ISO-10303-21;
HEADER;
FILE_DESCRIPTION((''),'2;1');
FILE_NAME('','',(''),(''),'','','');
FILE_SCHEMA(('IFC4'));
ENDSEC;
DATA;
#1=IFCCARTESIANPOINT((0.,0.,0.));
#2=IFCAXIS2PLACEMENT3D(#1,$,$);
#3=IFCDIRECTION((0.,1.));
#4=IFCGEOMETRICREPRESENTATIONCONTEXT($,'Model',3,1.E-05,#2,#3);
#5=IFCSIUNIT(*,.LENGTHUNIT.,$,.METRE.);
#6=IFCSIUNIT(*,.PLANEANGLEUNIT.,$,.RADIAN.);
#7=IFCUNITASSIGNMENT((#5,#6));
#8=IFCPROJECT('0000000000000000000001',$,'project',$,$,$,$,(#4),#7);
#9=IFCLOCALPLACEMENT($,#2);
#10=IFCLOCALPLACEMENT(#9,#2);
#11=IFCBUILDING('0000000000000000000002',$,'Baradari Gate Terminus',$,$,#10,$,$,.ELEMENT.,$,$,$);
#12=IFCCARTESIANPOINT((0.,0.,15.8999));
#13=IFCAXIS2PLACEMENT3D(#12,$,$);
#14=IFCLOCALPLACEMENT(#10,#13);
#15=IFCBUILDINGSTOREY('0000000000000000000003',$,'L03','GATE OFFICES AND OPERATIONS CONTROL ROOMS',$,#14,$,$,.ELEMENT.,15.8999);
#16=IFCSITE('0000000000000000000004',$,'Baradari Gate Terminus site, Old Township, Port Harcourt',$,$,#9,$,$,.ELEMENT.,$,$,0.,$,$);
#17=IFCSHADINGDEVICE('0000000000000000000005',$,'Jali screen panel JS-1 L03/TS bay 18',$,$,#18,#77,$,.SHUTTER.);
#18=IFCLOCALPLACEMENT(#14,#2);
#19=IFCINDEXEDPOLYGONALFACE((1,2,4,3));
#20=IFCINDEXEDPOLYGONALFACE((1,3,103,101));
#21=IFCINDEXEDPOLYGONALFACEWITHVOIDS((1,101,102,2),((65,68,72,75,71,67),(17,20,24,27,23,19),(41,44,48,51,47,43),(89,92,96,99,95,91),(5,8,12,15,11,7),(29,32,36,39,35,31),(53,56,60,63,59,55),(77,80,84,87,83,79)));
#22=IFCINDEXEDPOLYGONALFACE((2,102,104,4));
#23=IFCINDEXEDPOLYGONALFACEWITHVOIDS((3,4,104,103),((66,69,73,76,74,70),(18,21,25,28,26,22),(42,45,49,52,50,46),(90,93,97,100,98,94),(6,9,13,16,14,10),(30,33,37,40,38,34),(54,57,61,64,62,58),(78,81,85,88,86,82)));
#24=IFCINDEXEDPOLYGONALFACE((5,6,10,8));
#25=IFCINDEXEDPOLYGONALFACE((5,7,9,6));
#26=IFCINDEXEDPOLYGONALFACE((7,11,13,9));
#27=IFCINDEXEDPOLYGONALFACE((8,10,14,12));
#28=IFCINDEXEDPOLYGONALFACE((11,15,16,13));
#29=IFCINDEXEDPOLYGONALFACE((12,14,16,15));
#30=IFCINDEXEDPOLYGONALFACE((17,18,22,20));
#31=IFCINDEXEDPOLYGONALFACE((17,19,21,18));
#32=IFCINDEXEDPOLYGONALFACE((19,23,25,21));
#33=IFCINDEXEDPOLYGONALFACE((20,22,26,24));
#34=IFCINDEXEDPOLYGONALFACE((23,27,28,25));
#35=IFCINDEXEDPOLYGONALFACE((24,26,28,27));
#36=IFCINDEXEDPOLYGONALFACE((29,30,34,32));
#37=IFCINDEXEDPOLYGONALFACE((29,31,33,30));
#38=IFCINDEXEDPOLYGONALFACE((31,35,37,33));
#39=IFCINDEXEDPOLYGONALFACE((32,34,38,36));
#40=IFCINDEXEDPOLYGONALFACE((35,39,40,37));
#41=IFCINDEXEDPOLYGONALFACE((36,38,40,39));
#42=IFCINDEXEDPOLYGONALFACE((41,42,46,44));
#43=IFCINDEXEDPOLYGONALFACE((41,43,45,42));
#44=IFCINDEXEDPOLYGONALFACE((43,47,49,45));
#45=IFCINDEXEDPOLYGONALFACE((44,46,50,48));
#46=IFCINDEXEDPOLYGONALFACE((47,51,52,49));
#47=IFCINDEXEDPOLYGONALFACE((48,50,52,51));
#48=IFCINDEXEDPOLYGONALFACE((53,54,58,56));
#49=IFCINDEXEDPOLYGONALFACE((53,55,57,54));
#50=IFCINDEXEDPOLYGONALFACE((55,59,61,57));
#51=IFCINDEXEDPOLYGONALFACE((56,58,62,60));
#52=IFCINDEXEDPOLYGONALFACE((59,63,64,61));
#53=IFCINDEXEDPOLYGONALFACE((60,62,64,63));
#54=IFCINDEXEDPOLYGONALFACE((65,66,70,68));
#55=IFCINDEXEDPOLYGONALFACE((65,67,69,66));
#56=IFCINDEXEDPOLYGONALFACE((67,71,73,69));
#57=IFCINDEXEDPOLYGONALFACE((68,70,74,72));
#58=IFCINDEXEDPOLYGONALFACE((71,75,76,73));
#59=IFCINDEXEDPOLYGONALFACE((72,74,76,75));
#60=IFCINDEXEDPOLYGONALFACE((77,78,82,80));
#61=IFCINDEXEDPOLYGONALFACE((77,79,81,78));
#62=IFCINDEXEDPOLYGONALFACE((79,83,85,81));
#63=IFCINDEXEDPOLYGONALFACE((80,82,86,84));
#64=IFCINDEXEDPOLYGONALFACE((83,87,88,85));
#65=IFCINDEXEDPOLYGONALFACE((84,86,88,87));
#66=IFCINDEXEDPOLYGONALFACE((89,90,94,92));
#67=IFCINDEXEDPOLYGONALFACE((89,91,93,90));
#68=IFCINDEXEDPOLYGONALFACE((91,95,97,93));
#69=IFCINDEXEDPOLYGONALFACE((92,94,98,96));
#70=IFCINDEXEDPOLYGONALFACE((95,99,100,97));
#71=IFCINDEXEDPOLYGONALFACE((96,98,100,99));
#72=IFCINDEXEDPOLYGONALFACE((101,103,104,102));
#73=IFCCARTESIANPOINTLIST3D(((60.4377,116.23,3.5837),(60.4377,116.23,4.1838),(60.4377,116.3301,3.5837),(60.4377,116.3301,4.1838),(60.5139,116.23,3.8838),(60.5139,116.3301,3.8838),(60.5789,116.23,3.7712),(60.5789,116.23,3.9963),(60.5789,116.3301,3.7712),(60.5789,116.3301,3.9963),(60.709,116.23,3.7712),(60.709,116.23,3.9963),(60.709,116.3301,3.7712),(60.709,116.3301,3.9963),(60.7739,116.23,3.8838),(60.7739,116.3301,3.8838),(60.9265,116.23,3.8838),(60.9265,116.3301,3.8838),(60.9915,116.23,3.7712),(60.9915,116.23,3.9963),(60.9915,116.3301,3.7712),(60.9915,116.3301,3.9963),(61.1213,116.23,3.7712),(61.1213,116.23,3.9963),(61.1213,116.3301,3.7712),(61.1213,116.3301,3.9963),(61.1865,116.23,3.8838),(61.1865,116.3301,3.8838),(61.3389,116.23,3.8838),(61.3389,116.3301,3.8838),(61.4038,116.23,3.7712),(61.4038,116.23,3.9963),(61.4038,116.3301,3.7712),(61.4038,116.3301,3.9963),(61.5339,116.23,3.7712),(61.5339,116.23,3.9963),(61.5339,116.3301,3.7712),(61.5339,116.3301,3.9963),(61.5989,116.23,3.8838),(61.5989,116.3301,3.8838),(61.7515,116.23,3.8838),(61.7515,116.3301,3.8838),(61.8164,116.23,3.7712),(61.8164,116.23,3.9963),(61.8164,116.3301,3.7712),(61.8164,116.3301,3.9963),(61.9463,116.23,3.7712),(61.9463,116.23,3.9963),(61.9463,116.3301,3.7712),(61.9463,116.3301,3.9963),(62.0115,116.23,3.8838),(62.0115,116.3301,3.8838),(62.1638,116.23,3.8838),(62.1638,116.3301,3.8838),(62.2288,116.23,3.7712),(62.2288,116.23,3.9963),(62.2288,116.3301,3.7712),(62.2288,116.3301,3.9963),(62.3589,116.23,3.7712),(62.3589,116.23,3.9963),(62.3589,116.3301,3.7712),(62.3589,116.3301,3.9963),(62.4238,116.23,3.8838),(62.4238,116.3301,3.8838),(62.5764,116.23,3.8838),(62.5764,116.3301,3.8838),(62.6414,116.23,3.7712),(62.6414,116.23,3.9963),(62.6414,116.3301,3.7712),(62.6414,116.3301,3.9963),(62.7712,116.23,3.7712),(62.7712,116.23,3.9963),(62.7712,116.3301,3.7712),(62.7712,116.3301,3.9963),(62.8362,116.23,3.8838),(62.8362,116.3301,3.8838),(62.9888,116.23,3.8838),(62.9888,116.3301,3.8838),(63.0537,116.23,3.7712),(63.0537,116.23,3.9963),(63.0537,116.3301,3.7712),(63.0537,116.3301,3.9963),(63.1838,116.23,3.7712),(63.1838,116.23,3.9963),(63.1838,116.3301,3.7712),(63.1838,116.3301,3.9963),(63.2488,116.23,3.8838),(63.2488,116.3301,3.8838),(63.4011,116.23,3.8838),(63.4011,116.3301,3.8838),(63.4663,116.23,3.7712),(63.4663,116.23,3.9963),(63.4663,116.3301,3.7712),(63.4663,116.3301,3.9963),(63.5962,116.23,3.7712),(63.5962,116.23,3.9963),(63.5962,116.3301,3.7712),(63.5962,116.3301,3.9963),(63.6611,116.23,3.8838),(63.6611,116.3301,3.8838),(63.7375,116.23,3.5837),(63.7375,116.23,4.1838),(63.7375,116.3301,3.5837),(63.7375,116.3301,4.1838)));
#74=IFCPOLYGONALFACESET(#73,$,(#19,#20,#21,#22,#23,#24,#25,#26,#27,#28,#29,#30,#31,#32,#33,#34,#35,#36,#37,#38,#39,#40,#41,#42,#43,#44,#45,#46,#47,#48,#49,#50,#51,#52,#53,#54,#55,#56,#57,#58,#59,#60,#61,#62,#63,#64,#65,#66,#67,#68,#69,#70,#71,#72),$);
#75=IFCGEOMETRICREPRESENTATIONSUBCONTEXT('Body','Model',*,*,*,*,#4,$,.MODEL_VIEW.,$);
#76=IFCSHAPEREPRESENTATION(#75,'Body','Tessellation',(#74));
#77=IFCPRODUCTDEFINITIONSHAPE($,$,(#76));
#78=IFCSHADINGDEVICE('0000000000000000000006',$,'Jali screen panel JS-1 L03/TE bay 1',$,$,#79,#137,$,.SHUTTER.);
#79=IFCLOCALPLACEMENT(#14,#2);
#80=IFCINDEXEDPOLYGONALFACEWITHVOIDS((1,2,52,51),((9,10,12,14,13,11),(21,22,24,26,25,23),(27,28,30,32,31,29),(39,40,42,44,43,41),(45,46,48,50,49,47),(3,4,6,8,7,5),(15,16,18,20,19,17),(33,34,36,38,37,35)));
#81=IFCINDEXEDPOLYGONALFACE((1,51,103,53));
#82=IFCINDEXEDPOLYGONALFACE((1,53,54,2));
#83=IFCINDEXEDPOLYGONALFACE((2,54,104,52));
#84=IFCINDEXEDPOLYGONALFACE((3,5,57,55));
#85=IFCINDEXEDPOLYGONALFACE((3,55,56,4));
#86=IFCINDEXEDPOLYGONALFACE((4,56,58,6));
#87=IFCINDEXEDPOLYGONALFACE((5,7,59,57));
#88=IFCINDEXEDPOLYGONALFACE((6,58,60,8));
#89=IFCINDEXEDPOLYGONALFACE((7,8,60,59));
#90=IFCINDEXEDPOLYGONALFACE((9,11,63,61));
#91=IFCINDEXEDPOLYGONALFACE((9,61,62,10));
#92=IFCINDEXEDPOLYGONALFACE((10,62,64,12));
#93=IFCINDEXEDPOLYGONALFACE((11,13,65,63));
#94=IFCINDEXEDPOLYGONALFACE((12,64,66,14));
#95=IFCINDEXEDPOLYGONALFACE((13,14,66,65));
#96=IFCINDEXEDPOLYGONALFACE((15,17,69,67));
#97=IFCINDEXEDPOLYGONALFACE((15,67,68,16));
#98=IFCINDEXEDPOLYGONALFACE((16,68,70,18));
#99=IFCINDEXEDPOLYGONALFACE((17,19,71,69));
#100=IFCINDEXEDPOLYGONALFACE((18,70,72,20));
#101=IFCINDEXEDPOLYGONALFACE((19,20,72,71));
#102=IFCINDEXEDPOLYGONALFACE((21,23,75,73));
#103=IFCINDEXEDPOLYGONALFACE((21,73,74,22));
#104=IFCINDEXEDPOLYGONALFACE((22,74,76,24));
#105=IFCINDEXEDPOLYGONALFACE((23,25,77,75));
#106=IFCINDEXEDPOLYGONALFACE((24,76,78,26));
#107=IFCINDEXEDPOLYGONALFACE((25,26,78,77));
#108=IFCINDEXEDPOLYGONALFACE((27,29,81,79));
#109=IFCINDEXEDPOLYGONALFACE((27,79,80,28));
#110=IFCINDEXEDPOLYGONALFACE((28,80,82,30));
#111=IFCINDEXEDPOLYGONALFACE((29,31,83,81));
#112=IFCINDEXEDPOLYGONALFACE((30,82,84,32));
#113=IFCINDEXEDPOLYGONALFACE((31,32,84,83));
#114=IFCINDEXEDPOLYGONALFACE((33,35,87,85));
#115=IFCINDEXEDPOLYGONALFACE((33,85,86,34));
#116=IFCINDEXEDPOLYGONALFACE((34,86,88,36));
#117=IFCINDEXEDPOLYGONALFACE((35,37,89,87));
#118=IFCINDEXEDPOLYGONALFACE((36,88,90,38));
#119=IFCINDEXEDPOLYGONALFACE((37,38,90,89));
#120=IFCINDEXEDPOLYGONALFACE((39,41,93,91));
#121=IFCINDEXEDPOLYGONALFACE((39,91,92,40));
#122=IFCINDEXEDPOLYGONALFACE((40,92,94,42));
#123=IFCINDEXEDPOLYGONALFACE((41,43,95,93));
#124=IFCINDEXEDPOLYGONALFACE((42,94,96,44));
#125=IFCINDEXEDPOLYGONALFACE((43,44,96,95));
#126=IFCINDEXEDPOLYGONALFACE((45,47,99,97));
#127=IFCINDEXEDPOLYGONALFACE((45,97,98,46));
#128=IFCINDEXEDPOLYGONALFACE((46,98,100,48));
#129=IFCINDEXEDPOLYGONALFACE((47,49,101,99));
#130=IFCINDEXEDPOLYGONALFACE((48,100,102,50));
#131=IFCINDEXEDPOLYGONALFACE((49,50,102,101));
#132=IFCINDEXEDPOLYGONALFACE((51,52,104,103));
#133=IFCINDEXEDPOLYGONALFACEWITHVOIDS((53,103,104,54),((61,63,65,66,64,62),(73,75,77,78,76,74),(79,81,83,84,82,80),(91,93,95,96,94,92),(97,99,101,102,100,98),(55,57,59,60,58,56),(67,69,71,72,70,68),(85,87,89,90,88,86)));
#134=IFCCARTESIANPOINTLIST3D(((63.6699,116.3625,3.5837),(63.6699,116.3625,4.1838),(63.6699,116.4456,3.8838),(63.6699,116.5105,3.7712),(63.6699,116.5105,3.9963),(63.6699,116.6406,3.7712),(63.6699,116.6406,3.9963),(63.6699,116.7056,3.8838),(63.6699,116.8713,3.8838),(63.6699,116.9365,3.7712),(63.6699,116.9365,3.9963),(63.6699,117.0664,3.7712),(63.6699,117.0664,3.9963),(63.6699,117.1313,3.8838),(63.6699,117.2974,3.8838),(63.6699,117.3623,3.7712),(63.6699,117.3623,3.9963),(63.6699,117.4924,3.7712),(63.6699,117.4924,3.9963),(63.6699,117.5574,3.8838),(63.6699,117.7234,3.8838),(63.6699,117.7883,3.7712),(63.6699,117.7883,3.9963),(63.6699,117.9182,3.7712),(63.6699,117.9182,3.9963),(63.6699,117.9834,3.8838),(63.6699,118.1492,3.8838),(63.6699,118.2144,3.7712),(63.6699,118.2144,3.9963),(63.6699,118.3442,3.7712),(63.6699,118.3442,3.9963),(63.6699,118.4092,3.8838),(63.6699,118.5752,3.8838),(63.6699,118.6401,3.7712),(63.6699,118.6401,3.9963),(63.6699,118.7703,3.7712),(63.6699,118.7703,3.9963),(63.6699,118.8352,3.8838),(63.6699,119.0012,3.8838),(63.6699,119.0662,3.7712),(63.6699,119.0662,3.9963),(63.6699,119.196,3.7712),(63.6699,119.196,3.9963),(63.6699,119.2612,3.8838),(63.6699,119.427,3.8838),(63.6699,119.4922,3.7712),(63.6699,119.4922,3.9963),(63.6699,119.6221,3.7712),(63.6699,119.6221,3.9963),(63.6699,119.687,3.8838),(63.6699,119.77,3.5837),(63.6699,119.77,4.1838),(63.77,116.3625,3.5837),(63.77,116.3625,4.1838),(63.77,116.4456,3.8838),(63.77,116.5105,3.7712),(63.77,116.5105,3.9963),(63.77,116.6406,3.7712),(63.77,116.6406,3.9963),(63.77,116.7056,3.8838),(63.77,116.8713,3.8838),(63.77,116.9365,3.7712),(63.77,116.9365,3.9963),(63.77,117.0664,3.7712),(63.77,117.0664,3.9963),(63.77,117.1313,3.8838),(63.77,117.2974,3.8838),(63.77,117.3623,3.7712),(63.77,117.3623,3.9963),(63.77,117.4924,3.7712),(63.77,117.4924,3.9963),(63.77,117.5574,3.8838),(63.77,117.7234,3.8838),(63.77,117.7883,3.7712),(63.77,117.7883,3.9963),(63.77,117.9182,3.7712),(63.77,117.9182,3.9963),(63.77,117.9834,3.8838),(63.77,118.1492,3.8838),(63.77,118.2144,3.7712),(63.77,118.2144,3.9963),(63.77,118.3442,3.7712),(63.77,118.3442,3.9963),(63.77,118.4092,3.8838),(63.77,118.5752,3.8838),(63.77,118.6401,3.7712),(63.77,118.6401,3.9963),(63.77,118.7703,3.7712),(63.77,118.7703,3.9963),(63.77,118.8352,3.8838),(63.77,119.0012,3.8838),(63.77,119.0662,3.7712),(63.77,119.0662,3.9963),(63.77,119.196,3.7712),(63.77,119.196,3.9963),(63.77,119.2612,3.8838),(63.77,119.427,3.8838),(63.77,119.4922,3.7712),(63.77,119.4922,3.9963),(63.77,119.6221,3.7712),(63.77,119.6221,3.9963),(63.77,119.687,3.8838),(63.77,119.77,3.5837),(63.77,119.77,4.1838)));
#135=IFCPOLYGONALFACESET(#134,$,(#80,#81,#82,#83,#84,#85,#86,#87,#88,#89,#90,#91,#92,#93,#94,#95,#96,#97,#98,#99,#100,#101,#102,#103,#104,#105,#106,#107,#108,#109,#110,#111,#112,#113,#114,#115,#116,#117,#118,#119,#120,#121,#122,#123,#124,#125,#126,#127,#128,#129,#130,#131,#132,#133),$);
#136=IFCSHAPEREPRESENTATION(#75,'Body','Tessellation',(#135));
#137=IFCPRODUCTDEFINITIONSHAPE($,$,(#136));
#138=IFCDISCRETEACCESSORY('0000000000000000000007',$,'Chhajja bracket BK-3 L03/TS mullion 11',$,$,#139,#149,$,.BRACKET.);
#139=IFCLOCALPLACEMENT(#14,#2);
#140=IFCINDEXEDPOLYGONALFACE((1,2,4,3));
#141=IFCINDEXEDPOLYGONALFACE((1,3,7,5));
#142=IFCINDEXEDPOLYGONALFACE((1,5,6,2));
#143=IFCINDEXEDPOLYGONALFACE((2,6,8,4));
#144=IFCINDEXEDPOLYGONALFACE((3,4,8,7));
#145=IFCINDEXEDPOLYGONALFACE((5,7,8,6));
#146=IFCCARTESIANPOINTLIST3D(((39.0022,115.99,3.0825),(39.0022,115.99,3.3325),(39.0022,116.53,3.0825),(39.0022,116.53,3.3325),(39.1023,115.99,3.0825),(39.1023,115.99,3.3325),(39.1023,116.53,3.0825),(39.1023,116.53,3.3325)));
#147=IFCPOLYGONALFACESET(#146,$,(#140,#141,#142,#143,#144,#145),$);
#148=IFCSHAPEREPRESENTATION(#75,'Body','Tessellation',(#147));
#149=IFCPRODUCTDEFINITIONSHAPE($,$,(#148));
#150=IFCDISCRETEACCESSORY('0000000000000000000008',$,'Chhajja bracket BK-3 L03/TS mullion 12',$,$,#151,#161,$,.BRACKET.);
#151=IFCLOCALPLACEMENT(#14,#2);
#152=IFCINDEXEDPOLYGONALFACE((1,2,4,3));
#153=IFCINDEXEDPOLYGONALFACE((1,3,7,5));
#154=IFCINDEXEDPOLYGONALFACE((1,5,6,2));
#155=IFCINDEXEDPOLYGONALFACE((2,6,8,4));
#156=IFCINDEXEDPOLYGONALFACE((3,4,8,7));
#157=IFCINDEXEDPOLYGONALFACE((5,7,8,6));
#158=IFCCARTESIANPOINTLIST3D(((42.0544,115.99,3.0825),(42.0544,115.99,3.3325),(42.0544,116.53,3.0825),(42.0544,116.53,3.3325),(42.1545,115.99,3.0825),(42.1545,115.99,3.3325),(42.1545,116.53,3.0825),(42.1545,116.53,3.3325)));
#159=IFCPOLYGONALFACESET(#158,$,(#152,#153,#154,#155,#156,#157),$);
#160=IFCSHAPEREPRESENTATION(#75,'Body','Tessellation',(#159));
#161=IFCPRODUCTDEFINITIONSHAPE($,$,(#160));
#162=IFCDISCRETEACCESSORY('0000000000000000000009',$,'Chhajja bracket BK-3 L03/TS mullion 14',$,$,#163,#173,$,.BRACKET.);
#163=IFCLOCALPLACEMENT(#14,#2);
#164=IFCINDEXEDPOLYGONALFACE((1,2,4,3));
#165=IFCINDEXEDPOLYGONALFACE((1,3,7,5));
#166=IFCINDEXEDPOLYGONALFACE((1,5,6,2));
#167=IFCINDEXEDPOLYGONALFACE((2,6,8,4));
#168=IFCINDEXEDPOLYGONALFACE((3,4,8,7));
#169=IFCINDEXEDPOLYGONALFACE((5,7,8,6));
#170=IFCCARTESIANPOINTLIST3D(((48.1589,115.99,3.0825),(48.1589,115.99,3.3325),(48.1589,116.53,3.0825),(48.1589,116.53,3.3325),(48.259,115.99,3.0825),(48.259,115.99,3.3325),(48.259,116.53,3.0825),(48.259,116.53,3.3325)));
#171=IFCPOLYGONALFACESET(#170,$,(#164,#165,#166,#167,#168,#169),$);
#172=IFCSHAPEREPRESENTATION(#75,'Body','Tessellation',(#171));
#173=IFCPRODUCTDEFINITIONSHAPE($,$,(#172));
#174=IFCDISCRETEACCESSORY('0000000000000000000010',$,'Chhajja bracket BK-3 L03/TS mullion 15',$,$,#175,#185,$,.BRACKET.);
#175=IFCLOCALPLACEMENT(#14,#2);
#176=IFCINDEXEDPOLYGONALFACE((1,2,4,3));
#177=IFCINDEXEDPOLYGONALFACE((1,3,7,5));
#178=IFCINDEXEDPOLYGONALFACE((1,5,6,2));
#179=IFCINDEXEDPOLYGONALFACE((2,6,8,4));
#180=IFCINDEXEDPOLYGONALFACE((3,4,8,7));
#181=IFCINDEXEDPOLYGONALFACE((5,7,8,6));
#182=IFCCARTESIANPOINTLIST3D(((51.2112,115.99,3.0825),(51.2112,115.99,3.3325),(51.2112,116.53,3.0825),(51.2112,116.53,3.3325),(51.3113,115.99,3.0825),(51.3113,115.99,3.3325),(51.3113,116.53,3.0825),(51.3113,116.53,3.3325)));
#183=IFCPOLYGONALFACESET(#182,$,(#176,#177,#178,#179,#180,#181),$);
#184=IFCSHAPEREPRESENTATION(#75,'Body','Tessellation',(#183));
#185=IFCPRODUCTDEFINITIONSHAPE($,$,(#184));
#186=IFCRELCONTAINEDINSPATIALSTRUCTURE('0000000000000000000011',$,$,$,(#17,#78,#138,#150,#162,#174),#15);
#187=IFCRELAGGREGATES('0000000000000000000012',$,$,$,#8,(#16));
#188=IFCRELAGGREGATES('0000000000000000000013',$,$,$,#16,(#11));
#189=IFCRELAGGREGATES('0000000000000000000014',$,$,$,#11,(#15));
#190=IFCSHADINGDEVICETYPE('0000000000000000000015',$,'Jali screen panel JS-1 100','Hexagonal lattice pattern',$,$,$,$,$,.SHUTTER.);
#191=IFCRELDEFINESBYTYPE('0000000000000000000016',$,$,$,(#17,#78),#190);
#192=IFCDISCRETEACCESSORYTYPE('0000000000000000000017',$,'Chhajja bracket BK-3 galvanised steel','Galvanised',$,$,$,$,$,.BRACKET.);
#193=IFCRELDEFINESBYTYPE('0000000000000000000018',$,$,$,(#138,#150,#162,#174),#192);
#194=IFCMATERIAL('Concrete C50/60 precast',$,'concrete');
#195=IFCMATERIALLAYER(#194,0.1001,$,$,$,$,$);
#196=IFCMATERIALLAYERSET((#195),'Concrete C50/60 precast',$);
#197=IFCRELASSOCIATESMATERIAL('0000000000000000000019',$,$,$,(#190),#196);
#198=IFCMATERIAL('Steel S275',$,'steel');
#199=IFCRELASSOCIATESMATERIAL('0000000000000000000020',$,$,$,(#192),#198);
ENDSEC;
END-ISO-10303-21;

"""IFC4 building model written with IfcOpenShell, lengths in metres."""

from ifc_helpers import new_model, si_unit, direction, frame, origin, origin_2d, place, context, subcontext, project, spatial, polyline, rectangle, outline, extrude, material, layer, layer_set, type_object, element, save


model = new_model("IFC4")

# Units and contexts
model_context = context("Model", 3, precision=1e-05, world=origin(), true_north=direction((0.0, 1.0)))
body_context = subcontext(model_context, "Body", "Model", "MODEL_VIEW")
ifc_project = project(units=[si_unit("LENGTHUNIT", "METRE"), si_unit("PLANEANGLEUNIT", "RADIAN")], contexts=[model_context])

# Site, building, storey
site_placement = place(None, origin())
site = spatial("IfcSite", under=ifc_project, at=site_placement, Name="Baradari Gate Terminus site, Old Township, Port Harcourt", CompositionType="ELEMENT", RefElevation=0.0)
building_placement = place(site_placement, origin())
building = spatial("IfcBuilding", under=site, at=building_placement, Name="Baradari Gate Terminus", CompositionType="ELEMENT")
storey_placement = place(building_placement, frame((0.0, 0.0, 15.8999)))
storey = spatial("IfcBuildingStorey", under=building, at=storey_placement, Name="L03", Description="GATE OFFICES AND OPERATIONS CONTROL ROOMS", CompositionType="ELEMENT", Elevation=15.8999)

# Shading devices
ifc_material_1 = material(Name="Concrete C50/60 precast", Category="concrete")
ifc_layer = layer(ifc_material_1, 0.1001)
ifc_layer_set = layer_set([ifc_layer], Name="Concrete C50/60 precast")
shading_device_type = type_object("IfcShadingDeviceType", Name="Jali screen panel JS-1 100", Description="Hexagonal lattice pattern", PredefinedType="SHUTTER", material=ifc_layer_set)
shading_device_1_placement = place(storey_placement, frame((60.4377, 116.28, 3.5837), z_axis=(0.0, 0.0, 1.0), x_axis=(1.0, 0.0, 0.0)))
element("IfcShadingDevice", 1, at=shading_device_1_placement, inside=storey, type_object=shading_device_type, Name="Jali screen panel JS-1 L03/TS bay 18", PredefinedType="SHUTTER", context=body_context, shape_type="SweptSolid", body=[
    extrude(outline(polyline([(0.0, 0.0), (3.2998, 0.0), (3.2998, 0.6001), (0.0, 0.6001), (0.0, 0.0)]), holes=[polyline([(0.3362, 0.3), (0.2712, 0.1875), (0.1411, 0.1875), (0.0762, 0.3), (0.1411, 0.4126), (0.2712, 0.4126), (0.3362, 0.3)]), polyline([(0.7488, 0.3), (0.6836, 0.1875), (0.5537, 0.1875), (0.4888, 0.3), (0.5537, 0.4126), (0.6836, 0.4126), (0.7488, 0.3)]), polyline([(1.1611, 0.3), (1.0962, 0.1875), (0.9661, 0.1875), (0.9011, 0.3), (0.9661, 0.4126), (1.0962, 0.4126), (1.1611, 0.3)]), polyline([(1.5737, 0.3), (1.5085, 0.1875), (1.3787, 0.1875), (1.3137, 0.3), (1.3787, 0.4126), (1.5085, 0.4126), (1.5737, 0.3)]), polyline([(1.9861, 0.3), (1.9211, 0.1875), (1.791, 0.1875), (1.7261, 0.3), (1.791, 0.4126), (1.9211, 0.4126), (1.9861, 0.3)]), polyline([(2.3984, 0.3), (2.3335, 0.1875), (2.2036, 0.1875), (2.1387, 0.3), (2.2036, 0.4126), (2.3335, 0.4126), (2.3984, 0.3)]), polyline([(2.811, 0.3), (2.7461, 0.1875), (2.616, 0.1875), (2.551, 0.3), (2.616, 0.4126), (2.7461, 0.4126), (2.811, 0.3)]), polyline([(3.2234, 0.3), (3.1584, 0.1875), (3.0286, 0.1875), (2.9634, 0.3), (3.0286, 0.4126), (3.1584, 0.4126), (3.2234, 0.3)])]), frame((0.0, 0.05, 0.0), z_axis=(0.0, -1.0, 0.0), x_axis=(1.0, 0.0, 0.0)), (0.0, 0.0, 1.0), 0.1001),
])
shading_device_2_placement = place(storey_placement, frame((63.72, 116.3625, 3.5837), z_axis=(0.0, 0.0, 1.0), x_axis=(0.0, 1.0, 0.0)))
element("IfcShadingDevice", 2, at=shading_device_2_placement, inside=storey, type_object=shading_device_type, Name="Jali screen panel JS-1 L03/TE bay 1", PredefinedType="SHUTTER", context=body_context, shape_type="SweptSolid", body=[
    extrude(outline(polyline([(0.0, 0.0), (3.4075, 0.0), (3.4075, 0.6001), (0.0, 0.6001), (0.0, 0.0)]), holes=[polyline([(0.343, 0.3), (0.2781, 0.1875), (0.1479, 0.1875), (0.083, 0.3), (0.1479, 0.4126), (0.2781, 0.4126), (0.343, 0.3)]), polyline([(0.7688, 0.3), (0.7039, 0.1875), (0.574, 0.1875), (0.5088, 0.3), (0.574, 0.4126), (0.7039, 0.4126), (0.7688, 0.3)]), polyline([(1.1948, 0.3), (1.1299, 0.1875), (0.9998, 0.1875), (0.9348, 0.3), (0.9998, 0.4126), (1.1299, 0.4126), (1.1948, 0.3)]), polyline([(1.6208, 0.3), (1.5557, 0.1875), (1.4258, 0.1875), (1.3608, 0.3), (1.4258, 0.4126), (1.5557, 0.4126), (1.6208, 0.3)]), polyline([(2.0466, 0.3), (1.9817, 0.1875), (1.8518, 0.1875), (1.7866, 0.3), (1.8518, 0.4126), (1.9817, 0.4126), (2.0466, 0.3)]), polyline([(2.4727, 0.3), (2.4077, 0.1875), (2.2776, 0.1875), (2.2126, 0.3), (2.2776, 0.4126), (2.4077, 0.4126), (2.4727, 0.3)]), polyline([(2.8987, 0.3), (2.8335, 0.1875), (2.7036, 0.1875), (2.6387, 0.3), (2.7036, 0.4126), (2.8335, 0.4126), (2.8987, 0.3)]), polyline([(3.3245, 0.3), (3.2595, 0.1875), (3.1296, 0.1875), (3.0645, 0.3), (3.1296, 0.4126), (3.2595, 0.4126), (3.3245, 0.3)])]), frame((0.0, 0.05, 0.0), z_axis=(0.0, -1.0, 0.0), x_axis=(1.0, 0.0, 0.0)), (0.0, 0.0, 1.0), 0.1001),
])

# Discrete accessories
ifc_material_2 = material(Name="Steel S275", Category="steel")
discrete_accessory_type_1 = type_object("IfcDiscreteAccessoryType", Name="Chhajja bracket BK-3 galvanised steel", Description="Galvanised", PredefinedType="BRACKET", material=ifc_material_2)
for number, where, z_axis, x_axis, name in (
    (3, (39.0522, 116.26, 3.0825), (0.0, 0.0, 1.0), (0.0, -1.0, 0.0), "Chhajja bracket BK-3 L03/TS mullion 11"),
    (4, (42.1045, 116.26, 3.0825), (0.0, 0.0, 1.0), (0.0, -1.0, 0.0), "Chhajja bracket BK-3 L03/TS mullion 12"),
    (5, (48.209, 116.26, 3.0825), (0.0, 0.0, 1.0), (0.0, -1.0, 0.0), "Chhajja bracket BK-3 L03/TS mullion 14"),
    (6, (51.2612, 116.26, 3.0825), (0.0, 0.0, 1.0), (0.0, -1.0, 0.0), "Chhajja bracket BK-3 L03/TS mullion 15"),
):
    element("IfcDiscreteAccessory", number, at=place(storey_placement, frame(where, z_axis=z_axis, x_axis=x_axis)), inside=storey, type_object=discrete_accessory_type_1, Name=name, PredefinedType="BRACKET", context=body_context, shape_type="SweptSolid", body=[
        extrude(rectangle(XDim=0.54, YDim=0.1001, at=origin_2d()), origin(), (0.0, 0.0, 1.0), 0.25),
    ])

save(model, "model.ifc")
